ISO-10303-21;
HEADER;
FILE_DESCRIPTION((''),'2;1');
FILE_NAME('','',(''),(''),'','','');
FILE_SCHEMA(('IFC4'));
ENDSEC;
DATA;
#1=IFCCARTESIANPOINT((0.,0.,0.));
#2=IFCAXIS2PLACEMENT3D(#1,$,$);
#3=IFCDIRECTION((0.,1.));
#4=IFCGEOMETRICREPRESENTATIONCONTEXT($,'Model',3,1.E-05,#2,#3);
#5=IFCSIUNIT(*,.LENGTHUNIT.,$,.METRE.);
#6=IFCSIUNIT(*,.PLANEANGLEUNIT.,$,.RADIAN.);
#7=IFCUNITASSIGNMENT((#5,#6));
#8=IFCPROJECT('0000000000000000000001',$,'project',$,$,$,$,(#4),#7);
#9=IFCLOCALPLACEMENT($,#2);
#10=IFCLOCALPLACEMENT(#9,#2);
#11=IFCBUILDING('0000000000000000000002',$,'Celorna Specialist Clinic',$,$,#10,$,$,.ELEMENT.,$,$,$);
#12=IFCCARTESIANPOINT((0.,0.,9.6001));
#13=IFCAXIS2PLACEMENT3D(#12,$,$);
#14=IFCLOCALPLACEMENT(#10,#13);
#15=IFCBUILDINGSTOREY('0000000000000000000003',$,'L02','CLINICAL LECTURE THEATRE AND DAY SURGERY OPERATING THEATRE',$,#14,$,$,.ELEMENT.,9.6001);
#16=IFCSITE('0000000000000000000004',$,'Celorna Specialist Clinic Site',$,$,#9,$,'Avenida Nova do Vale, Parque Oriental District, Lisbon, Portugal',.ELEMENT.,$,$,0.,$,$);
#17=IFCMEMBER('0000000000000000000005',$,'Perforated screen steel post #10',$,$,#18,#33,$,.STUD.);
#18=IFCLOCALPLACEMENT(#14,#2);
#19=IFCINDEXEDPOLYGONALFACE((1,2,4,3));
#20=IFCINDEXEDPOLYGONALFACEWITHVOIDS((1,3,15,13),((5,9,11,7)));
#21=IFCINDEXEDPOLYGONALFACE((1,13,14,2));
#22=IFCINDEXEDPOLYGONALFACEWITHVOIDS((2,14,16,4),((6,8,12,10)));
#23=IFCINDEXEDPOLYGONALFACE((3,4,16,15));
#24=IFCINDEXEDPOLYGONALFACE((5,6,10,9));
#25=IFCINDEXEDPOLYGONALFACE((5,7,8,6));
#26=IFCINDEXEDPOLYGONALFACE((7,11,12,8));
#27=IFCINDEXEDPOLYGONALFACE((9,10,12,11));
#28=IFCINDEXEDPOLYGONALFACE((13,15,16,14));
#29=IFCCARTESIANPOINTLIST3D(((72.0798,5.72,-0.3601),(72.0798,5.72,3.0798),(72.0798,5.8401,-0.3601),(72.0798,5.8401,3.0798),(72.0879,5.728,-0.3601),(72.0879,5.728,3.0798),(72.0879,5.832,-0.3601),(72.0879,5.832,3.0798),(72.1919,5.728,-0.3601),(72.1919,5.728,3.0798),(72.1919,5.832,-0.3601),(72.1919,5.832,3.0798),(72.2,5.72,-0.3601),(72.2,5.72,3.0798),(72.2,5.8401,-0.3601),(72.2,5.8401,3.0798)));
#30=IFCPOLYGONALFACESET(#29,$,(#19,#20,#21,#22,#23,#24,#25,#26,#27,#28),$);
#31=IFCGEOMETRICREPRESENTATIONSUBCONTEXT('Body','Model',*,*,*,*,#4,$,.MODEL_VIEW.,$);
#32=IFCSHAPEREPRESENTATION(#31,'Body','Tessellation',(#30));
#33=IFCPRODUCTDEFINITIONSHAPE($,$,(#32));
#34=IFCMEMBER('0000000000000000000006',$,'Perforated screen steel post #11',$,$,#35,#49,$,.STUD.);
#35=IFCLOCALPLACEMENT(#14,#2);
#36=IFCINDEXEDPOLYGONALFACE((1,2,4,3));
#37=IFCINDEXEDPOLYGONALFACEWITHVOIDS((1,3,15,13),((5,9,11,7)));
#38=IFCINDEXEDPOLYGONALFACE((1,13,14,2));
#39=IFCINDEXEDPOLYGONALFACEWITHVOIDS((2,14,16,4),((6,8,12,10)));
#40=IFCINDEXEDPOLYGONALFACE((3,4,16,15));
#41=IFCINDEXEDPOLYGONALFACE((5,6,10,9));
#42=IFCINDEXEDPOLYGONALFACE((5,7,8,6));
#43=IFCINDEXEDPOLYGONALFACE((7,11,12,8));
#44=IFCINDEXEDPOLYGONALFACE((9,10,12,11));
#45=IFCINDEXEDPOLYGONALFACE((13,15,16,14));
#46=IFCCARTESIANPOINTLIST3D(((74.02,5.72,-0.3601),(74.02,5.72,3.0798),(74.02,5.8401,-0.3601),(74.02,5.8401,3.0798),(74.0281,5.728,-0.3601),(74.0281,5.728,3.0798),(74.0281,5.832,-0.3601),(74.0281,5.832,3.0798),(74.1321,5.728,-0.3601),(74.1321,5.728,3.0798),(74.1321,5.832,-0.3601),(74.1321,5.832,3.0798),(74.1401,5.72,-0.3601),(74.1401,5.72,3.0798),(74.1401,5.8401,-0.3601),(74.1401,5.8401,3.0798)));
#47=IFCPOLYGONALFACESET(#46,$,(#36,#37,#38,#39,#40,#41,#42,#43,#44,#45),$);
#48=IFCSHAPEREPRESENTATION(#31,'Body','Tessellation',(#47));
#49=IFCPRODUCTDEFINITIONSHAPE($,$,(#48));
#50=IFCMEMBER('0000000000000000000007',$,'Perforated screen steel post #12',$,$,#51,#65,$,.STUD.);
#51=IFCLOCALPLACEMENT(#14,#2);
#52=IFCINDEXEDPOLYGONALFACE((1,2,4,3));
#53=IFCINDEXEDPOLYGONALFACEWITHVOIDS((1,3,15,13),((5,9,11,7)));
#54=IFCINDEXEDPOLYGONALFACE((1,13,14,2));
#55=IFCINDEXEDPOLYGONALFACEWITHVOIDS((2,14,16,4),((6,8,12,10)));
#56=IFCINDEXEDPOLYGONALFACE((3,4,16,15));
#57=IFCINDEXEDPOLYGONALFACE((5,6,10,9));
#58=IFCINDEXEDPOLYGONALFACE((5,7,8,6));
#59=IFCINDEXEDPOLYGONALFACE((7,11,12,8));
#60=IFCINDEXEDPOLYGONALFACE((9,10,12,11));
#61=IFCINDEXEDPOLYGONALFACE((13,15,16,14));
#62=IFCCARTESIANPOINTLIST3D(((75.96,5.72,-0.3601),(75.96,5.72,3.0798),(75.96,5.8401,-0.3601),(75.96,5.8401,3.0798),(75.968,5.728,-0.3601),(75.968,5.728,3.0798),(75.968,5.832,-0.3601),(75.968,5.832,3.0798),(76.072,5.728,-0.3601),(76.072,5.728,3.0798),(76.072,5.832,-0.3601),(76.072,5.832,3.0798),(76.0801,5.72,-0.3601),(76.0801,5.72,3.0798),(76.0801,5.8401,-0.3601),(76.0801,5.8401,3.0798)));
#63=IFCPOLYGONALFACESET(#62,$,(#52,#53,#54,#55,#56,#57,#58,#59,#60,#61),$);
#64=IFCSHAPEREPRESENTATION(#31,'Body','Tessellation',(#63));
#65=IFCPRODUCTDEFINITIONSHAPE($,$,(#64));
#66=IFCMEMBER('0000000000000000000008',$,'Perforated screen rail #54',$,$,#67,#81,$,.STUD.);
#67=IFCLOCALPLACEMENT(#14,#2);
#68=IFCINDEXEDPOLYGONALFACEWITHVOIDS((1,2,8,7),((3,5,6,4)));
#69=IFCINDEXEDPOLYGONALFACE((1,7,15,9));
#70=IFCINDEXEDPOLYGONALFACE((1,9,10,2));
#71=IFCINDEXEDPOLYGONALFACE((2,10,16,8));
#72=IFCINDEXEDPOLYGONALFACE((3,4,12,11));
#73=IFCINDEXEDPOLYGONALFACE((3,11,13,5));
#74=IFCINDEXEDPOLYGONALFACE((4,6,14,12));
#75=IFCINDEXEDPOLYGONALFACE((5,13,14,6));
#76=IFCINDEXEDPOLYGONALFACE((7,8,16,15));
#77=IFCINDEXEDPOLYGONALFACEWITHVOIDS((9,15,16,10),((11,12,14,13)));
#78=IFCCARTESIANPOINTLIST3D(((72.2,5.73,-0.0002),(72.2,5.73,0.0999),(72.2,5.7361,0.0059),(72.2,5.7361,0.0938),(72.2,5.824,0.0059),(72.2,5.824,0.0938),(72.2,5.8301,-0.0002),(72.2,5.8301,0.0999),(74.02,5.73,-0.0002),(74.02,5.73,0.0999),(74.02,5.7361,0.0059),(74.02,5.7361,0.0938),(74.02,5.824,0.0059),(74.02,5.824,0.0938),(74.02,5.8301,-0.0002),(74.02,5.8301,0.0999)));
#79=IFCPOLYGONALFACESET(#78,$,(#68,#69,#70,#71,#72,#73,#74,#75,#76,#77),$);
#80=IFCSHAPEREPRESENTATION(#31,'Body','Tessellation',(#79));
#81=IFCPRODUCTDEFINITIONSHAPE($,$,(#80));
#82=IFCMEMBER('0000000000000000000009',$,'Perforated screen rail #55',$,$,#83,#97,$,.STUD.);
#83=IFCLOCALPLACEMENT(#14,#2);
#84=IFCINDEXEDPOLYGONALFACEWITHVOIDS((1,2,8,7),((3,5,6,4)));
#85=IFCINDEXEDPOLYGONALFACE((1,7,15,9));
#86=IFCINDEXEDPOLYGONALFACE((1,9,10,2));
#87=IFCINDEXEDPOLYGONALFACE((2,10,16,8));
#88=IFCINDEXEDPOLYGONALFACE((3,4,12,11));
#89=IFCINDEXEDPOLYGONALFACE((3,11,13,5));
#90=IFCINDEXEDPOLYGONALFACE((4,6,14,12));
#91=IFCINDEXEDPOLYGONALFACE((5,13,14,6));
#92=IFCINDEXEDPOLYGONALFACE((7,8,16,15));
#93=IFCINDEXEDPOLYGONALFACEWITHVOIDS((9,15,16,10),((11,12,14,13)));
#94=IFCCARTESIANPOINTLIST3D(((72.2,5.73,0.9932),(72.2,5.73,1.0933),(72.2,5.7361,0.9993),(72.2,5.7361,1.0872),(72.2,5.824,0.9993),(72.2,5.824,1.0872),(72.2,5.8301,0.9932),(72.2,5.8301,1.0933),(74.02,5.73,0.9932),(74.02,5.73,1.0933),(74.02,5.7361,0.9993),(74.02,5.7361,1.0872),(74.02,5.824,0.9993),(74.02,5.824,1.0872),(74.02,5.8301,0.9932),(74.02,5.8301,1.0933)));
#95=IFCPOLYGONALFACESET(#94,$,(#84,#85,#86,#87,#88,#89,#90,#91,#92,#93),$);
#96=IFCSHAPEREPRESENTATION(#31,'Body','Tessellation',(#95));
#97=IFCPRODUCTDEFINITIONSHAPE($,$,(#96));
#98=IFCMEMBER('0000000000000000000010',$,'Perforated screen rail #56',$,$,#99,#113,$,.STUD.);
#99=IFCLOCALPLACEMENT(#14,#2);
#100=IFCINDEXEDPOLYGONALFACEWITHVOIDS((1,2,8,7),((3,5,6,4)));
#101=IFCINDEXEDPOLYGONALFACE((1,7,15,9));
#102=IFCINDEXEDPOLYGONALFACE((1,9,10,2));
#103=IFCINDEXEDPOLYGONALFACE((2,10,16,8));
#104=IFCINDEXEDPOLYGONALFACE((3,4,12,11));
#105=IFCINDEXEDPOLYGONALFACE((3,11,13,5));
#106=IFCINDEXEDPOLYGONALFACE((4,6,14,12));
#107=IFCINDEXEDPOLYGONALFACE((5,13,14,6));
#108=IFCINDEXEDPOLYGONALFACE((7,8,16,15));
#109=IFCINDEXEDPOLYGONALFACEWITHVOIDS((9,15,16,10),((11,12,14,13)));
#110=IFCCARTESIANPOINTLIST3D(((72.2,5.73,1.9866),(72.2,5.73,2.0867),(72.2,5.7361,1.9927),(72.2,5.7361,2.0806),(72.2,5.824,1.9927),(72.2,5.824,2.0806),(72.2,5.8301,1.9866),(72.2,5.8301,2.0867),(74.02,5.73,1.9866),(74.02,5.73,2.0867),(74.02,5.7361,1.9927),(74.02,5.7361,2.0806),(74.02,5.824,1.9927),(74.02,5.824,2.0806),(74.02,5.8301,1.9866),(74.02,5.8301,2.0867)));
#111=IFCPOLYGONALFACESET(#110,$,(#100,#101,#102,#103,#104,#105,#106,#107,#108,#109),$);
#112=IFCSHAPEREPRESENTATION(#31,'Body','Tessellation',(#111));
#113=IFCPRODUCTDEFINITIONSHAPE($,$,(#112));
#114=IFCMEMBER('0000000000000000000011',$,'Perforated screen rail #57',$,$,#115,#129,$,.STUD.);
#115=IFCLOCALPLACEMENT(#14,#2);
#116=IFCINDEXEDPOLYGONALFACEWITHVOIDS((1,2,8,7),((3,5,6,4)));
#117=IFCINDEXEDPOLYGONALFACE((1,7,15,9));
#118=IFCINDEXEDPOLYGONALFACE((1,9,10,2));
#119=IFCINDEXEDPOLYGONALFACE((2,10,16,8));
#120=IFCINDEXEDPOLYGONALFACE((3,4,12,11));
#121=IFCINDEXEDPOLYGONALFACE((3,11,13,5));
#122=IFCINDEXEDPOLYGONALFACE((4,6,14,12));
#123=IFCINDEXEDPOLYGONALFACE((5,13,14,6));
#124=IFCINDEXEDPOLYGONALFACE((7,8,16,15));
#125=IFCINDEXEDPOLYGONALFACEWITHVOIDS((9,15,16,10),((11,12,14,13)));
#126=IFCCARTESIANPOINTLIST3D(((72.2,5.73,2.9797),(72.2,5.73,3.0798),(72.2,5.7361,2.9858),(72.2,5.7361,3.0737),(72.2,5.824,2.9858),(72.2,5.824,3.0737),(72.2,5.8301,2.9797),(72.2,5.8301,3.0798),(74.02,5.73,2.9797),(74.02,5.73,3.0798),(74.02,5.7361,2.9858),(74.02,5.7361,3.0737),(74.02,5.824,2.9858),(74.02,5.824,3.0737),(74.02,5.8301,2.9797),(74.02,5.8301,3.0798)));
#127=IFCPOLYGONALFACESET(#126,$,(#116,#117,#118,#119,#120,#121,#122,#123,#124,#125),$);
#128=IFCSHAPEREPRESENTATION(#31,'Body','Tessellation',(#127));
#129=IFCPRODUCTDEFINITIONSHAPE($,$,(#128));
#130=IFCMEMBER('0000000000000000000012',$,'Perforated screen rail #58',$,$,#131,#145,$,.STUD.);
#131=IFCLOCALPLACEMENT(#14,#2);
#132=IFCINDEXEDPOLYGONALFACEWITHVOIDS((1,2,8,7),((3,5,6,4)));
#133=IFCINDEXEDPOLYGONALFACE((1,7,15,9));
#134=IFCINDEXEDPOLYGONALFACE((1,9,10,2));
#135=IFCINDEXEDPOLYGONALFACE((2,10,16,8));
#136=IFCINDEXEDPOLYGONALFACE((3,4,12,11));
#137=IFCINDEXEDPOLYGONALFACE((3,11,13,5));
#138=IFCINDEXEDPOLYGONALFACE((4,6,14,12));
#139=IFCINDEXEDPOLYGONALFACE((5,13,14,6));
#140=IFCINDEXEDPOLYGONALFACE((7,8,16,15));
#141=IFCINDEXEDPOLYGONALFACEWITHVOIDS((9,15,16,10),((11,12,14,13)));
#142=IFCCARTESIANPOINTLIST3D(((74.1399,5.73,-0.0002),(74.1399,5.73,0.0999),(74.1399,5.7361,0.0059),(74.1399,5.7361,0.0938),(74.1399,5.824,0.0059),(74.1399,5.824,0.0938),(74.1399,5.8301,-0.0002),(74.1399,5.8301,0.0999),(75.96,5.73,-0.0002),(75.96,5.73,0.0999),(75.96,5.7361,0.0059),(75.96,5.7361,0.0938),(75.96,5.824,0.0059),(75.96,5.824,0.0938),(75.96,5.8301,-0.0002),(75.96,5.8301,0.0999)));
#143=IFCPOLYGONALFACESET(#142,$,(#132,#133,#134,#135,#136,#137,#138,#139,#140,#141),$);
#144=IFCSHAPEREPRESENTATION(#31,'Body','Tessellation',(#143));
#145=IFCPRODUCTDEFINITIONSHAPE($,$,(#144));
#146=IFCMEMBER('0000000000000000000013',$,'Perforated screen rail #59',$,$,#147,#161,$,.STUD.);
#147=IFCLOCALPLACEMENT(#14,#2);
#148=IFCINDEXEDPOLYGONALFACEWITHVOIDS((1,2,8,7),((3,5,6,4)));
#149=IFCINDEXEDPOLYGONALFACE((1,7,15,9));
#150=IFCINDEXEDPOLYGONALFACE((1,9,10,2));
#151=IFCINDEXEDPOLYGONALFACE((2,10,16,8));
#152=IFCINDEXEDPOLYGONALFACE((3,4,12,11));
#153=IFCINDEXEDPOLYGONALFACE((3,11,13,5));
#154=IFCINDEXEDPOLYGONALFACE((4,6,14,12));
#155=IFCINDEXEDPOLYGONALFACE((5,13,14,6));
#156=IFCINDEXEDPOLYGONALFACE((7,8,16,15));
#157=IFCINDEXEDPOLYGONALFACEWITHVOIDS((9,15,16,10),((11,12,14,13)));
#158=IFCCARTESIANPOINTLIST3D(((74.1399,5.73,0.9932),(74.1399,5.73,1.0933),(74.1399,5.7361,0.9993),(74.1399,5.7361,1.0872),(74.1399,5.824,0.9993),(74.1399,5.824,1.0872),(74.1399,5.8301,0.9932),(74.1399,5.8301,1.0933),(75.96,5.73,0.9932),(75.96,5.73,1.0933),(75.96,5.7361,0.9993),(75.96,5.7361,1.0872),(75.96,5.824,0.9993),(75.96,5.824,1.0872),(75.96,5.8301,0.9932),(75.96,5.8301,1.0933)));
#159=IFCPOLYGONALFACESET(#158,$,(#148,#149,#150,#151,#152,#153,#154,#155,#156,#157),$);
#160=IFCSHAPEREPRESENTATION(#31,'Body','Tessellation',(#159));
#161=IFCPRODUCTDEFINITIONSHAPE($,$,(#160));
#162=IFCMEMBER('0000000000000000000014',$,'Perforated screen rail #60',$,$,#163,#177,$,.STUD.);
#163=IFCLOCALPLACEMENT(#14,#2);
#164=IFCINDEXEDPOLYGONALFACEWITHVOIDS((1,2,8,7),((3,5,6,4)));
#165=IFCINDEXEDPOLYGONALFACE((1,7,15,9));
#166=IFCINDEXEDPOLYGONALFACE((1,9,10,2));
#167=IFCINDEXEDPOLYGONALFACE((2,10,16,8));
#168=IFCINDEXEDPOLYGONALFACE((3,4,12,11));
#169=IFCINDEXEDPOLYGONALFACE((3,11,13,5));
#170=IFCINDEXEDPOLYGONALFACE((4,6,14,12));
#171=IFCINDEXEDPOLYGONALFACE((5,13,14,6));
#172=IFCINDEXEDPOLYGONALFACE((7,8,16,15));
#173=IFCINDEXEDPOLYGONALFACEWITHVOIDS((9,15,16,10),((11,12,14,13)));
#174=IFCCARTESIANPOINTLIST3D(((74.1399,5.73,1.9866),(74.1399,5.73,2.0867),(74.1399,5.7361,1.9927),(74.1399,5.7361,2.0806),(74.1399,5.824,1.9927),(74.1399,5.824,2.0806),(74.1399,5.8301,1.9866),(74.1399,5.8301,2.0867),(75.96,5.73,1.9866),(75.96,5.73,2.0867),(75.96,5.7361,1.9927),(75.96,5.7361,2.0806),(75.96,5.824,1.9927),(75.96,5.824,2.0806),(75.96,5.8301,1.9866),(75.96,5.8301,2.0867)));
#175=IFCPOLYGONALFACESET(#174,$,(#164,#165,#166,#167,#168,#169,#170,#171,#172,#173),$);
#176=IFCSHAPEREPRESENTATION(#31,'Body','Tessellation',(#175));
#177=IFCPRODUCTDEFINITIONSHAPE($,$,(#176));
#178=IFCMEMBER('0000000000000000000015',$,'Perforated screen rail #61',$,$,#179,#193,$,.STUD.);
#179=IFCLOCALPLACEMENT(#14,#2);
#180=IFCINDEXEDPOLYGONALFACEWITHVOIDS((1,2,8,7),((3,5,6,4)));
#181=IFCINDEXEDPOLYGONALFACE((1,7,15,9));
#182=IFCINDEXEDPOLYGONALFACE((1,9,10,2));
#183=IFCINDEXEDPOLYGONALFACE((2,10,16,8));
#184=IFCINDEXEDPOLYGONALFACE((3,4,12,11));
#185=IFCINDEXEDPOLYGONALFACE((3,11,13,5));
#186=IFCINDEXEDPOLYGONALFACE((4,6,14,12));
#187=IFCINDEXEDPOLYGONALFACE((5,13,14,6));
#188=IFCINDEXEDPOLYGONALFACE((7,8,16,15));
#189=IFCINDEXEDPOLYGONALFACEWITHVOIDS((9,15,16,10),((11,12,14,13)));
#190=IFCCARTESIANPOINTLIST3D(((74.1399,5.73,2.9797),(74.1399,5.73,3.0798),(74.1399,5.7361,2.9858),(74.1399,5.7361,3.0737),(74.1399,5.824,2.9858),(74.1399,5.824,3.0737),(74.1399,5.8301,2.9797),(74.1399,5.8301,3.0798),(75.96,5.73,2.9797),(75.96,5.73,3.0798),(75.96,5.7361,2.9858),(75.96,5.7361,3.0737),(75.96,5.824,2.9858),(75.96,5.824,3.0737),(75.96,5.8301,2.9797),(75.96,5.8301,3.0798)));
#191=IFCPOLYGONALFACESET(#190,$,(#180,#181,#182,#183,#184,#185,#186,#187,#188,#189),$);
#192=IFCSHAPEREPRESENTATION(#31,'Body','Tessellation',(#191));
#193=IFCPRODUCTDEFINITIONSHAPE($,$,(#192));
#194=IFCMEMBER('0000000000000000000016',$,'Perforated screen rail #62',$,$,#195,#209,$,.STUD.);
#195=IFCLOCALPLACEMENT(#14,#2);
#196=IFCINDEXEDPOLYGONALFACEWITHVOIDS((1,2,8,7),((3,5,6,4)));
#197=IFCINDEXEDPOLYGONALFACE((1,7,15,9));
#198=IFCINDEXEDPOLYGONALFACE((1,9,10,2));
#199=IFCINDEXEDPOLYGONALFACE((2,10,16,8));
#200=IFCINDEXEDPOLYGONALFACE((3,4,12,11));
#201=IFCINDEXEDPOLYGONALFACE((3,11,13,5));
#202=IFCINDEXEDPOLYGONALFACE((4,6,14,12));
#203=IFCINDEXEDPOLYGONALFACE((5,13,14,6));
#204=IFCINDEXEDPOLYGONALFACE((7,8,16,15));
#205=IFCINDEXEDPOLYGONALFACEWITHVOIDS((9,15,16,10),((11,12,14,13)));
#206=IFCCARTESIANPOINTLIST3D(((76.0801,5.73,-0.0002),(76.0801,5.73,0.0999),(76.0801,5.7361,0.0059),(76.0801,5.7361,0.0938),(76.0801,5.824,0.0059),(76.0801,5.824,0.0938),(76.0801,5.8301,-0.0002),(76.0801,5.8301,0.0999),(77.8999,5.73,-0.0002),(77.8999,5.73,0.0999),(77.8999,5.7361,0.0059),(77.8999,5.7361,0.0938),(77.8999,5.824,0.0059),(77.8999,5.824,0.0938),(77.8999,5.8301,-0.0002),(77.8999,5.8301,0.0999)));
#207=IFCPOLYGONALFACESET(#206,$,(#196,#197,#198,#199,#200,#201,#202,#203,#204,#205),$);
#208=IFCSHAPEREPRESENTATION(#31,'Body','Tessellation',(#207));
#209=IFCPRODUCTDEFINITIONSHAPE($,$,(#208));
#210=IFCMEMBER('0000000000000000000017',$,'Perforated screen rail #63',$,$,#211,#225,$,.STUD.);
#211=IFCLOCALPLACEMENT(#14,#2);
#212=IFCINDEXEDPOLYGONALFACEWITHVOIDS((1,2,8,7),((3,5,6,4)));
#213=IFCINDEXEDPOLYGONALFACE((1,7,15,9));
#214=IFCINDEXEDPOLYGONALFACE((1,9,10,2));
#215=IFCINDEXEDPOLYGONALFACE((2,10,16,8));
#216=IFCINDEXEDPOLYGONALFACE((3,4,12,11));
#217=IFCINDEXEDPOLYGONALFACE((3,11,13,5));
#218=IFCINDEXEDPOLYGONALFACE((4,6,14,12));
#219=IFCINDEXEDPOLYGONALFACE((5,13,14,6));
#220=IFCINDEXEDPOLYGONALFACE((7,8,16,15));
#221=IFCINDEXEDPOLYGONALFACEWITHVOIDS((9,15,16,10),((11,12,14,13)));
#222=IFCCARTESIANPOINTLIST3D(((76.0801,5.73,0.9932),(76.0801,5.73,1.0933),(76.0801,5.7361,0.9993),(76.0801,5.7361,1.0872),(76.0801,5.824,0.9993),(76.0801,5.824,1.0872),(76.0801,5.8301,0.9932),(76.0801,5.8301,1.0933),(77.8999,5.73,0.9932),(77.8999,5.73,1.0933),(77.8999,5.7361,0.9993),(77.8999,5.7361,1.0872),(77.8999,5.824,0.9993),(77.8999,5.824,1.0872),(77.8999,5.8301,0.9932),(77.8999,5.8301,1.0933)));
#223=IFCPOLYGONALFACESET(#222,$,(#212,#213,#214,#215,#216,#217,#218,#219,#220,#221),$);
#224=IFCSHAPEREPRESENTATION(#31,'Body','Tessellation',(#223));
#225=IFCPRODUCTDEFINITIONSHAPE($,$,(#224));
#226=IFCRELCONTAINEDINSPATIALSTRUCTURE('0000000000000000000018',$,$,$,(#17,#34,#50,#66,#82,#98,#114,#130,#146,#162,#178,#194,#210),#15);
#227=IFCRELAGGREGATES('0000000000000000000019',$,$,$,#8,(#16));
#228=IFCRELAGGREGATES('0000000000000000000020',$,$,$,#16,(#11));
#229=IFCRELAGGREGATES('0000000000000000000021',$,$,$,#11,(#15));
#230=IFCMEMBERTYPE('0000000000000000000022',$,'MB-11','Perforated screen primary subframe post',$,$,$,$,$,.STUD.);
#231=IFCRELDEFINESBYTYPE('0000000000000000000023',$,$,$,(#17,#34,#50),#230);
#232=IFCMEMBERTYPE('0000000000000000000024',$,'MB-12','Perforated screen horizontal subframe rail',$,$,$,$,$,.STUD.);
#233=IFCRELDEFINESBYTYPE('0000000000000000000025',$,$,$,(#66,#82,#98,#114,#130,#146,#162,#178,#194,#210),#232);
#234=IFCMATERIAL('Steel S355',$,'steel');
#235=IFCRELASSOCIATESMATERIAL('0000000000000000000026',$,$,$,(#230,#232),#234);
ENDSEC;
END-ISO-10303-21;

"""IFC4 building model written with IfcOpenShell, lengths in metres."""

from ifc_helpers import new_model, si_unit, direction, frame, origin, origin_2d, place, context, subcontext, project, spatial, hollow_rectangle, extrude, material, material_profile, profile_set, type_object, element, save


model = new_model("IFC4")

# Units and contexts
model_context = context("Model", 3, precision=1e-05, world=origin(), true_north=direction((0.0, 1.0)))
body_context = subcontext(model_context, "Body", "Model", "MODEL_VIEW")
ifc_project = project(units=[si_unit("LENGTHUNIT", "METRE"), si_unit("PLANEANGLEUNIT", "RADIAN")], contexts=[model_context])

# Site, building, storey
site_placement = place(None, origin())
site = spatial("IfcSite", under=ifc_project, at=site_placement, Name="Celorna Specialist Clinic Site", LongName="Avenida Nova do Vale, Parque Oriental District, Lisbon, Portugal", CompositionType="ELEMENT", RefElevation=0.0)
building_placement = place(site_placement, origin())
building = spatial("IfcBuilding", under=site, at=building_placement, Name="Celorna Specialist Clinic", CompositionType="ELEMENT")
storey_placement = place(building_placement, frame((0.0, 0.0, 9.6001)))
storey = spatial("IfcBuildingStorey", under=building, at=storey_placement, Name="L02", Description="CLINICAL LECTURE THEATRE AND DAY SURGERY OPERATING THEATRE", CompositionType="ELEMENT", Elevation=9.6001)

# Members
ifc_material_1 = material(Name="Steel S355", Category="steel")
ifc_material_profile_1 = material_profile(ifc_material_1, hollow_rectangle(XDim=0.1201, YDim=0.1201, WallThickness=0.0081, at=origin_2d()), Name="SHS 120x120x8")
ifc_profile_set_1 = profile_set([ifc_material_profile_1], Name="Steel S355")
member_type_1 = type_object("IfcMemberType", Name="MB-11", Description="Perforated screen primary subframe post", PredefinedType="STUD", material=ifc_profile_set_1)
for number, where, z_axis, x_axis, name in (
    (1, (72.1399, 5.78, -0.3601), (0.0, 0.0, 1.0), (1.0, 0.0, 0.0), "Perforated screen steel post #10"),
    (2, (74.0801, 5.78, -0.3601), (0.0, 0.0, 1.0), (1.0, 0.0, 0.0), "Perforated screen steel post #11"),
    (3, (76.02, 5.78, -0.3601), (0.0, 0.0, 1.0), (1.0, 0.0, 0.0), "Perforated screen steel post #12"),
):
    element("IfcMember", number, at=place(storey_placement, frame(where, z_axis=z_axis, x_axis=x_axis)), inside=storey, type_object=member_type_1, Name=name, PredefinedType="STUD", context=body_context, shape_type="SweptSolid", body=[
        extrude(hollow_rectangle(XDim=0.1201, YDim=0.1201, WallThickness=0.0081, at=origin_2d()), origin(), (0.0, 0.0, 1.0), 3.4399),
    ])
ifc_material_profile_2 = material_profile(ifc_material_1, hollow_rectangle(XDim=0.1001, YDim=0.1001, WallThickness=0.0061, at=origin_2d()), Name="SHS 100x100x6")
ifc_profile_set_2 = profile_set([ifc_material_profile_2], Name="Steel S355")
member_type_2 = type_object("IfcMemberType", Name="MB-12", Description="Perforated screen horizontal subframe rail", PredefinedType="STUD", material=ifc_profile_set_2)
for number, where, z_axis, x_axis, name in (
    (4, (72.2, 5.78, 0.0498), (1.0, 0.0, 0.0), (0.0, 1.0, 0.0), "Perforated screen rail #54"),
    (5, (72.2, 5.78, 1.0432), (1.0, 0.0, 0.0), (0.0, 1.0, 0.0), "Perforated screen rail #55"),
    (6, (72.2, 5.78, 2.0366), (1.0, 0.0, 0.0), (0.0, 1.0, 0.0), "Perforated screen rail #56"),
    (7, (72.2, 5.78, 3.0298), (1.0, 0.0, 0.0), (0.0, 1.0, 0.0), "Perforated screen rail #57"),
    (8, (74.1399, 5.78, 0.0498), (1.0, 0.0, 0.0), (0.0, 1.0, 0.0), "Perforated screen rail #58"),
    (9, (74.1399, 5.78, 1.0432), (1.0, 0.0, 0.0), (0.0, 1.0, 0.0), "Perforated screen rail #59"),
    (10, (74.1399, 5.78, 2.0366), (1.0, 0.0, 0.0), (0.0, 1.0, 0.0), "Perforated screen rail #60"),
    (11, (74.1399, 5.78, 3.0298), (1.0, 0.0, 0.0), (0.0, 1.0, 0.0), "Perforated screen rail #61"),
):
    element("IfcMember", number, at=place(storey_placement, frame(where, z_axis=z_axis, x_axis=x_axis)), inside=storey, type_object=member_type_2, Name=name, PredefinedType="STUD", context=body_context, shape_type="SweptSolid", body=[
        extrude(hollow_rectangle(XDim=0.1001, YDim=0.1001, WallThickness=0.0061, at=origin_2d()), origin(), (0.0, 0.0, 1.0), 1.8201),
    ])
for number, where, z_axis, x_axis, name in (
    (12, (76.0801, 5.78, 0.0498), (1.0, 0.0, 0.0), (0.0, 1.0, 0.0), "Perforated screen rail #62"),
    (13, (76.0801, 5.78, 1.0432), (1.0, 0.0, 0.0), (0.0, 1.0, 0.0), "Perforated screen rail #63"),
):
    element("IfcMember", number, at=place(storey_placement, frame(where, z_axis=z_axis, x_axis=x_axis)), inside=storey, type_object=member_type_2, Name=name, PredefinedType="STUD", context=body_context, shape_type="SweptSolid", body=[
        extrude(hollow_rectangle(XDim=0.1001, YDim=0.1001, WallThickness=0.0061, at=origin_2d()), origin(), (0.0, 0.0, 1.0), 1.8198),
    ])

save(model, "model.ifc")
